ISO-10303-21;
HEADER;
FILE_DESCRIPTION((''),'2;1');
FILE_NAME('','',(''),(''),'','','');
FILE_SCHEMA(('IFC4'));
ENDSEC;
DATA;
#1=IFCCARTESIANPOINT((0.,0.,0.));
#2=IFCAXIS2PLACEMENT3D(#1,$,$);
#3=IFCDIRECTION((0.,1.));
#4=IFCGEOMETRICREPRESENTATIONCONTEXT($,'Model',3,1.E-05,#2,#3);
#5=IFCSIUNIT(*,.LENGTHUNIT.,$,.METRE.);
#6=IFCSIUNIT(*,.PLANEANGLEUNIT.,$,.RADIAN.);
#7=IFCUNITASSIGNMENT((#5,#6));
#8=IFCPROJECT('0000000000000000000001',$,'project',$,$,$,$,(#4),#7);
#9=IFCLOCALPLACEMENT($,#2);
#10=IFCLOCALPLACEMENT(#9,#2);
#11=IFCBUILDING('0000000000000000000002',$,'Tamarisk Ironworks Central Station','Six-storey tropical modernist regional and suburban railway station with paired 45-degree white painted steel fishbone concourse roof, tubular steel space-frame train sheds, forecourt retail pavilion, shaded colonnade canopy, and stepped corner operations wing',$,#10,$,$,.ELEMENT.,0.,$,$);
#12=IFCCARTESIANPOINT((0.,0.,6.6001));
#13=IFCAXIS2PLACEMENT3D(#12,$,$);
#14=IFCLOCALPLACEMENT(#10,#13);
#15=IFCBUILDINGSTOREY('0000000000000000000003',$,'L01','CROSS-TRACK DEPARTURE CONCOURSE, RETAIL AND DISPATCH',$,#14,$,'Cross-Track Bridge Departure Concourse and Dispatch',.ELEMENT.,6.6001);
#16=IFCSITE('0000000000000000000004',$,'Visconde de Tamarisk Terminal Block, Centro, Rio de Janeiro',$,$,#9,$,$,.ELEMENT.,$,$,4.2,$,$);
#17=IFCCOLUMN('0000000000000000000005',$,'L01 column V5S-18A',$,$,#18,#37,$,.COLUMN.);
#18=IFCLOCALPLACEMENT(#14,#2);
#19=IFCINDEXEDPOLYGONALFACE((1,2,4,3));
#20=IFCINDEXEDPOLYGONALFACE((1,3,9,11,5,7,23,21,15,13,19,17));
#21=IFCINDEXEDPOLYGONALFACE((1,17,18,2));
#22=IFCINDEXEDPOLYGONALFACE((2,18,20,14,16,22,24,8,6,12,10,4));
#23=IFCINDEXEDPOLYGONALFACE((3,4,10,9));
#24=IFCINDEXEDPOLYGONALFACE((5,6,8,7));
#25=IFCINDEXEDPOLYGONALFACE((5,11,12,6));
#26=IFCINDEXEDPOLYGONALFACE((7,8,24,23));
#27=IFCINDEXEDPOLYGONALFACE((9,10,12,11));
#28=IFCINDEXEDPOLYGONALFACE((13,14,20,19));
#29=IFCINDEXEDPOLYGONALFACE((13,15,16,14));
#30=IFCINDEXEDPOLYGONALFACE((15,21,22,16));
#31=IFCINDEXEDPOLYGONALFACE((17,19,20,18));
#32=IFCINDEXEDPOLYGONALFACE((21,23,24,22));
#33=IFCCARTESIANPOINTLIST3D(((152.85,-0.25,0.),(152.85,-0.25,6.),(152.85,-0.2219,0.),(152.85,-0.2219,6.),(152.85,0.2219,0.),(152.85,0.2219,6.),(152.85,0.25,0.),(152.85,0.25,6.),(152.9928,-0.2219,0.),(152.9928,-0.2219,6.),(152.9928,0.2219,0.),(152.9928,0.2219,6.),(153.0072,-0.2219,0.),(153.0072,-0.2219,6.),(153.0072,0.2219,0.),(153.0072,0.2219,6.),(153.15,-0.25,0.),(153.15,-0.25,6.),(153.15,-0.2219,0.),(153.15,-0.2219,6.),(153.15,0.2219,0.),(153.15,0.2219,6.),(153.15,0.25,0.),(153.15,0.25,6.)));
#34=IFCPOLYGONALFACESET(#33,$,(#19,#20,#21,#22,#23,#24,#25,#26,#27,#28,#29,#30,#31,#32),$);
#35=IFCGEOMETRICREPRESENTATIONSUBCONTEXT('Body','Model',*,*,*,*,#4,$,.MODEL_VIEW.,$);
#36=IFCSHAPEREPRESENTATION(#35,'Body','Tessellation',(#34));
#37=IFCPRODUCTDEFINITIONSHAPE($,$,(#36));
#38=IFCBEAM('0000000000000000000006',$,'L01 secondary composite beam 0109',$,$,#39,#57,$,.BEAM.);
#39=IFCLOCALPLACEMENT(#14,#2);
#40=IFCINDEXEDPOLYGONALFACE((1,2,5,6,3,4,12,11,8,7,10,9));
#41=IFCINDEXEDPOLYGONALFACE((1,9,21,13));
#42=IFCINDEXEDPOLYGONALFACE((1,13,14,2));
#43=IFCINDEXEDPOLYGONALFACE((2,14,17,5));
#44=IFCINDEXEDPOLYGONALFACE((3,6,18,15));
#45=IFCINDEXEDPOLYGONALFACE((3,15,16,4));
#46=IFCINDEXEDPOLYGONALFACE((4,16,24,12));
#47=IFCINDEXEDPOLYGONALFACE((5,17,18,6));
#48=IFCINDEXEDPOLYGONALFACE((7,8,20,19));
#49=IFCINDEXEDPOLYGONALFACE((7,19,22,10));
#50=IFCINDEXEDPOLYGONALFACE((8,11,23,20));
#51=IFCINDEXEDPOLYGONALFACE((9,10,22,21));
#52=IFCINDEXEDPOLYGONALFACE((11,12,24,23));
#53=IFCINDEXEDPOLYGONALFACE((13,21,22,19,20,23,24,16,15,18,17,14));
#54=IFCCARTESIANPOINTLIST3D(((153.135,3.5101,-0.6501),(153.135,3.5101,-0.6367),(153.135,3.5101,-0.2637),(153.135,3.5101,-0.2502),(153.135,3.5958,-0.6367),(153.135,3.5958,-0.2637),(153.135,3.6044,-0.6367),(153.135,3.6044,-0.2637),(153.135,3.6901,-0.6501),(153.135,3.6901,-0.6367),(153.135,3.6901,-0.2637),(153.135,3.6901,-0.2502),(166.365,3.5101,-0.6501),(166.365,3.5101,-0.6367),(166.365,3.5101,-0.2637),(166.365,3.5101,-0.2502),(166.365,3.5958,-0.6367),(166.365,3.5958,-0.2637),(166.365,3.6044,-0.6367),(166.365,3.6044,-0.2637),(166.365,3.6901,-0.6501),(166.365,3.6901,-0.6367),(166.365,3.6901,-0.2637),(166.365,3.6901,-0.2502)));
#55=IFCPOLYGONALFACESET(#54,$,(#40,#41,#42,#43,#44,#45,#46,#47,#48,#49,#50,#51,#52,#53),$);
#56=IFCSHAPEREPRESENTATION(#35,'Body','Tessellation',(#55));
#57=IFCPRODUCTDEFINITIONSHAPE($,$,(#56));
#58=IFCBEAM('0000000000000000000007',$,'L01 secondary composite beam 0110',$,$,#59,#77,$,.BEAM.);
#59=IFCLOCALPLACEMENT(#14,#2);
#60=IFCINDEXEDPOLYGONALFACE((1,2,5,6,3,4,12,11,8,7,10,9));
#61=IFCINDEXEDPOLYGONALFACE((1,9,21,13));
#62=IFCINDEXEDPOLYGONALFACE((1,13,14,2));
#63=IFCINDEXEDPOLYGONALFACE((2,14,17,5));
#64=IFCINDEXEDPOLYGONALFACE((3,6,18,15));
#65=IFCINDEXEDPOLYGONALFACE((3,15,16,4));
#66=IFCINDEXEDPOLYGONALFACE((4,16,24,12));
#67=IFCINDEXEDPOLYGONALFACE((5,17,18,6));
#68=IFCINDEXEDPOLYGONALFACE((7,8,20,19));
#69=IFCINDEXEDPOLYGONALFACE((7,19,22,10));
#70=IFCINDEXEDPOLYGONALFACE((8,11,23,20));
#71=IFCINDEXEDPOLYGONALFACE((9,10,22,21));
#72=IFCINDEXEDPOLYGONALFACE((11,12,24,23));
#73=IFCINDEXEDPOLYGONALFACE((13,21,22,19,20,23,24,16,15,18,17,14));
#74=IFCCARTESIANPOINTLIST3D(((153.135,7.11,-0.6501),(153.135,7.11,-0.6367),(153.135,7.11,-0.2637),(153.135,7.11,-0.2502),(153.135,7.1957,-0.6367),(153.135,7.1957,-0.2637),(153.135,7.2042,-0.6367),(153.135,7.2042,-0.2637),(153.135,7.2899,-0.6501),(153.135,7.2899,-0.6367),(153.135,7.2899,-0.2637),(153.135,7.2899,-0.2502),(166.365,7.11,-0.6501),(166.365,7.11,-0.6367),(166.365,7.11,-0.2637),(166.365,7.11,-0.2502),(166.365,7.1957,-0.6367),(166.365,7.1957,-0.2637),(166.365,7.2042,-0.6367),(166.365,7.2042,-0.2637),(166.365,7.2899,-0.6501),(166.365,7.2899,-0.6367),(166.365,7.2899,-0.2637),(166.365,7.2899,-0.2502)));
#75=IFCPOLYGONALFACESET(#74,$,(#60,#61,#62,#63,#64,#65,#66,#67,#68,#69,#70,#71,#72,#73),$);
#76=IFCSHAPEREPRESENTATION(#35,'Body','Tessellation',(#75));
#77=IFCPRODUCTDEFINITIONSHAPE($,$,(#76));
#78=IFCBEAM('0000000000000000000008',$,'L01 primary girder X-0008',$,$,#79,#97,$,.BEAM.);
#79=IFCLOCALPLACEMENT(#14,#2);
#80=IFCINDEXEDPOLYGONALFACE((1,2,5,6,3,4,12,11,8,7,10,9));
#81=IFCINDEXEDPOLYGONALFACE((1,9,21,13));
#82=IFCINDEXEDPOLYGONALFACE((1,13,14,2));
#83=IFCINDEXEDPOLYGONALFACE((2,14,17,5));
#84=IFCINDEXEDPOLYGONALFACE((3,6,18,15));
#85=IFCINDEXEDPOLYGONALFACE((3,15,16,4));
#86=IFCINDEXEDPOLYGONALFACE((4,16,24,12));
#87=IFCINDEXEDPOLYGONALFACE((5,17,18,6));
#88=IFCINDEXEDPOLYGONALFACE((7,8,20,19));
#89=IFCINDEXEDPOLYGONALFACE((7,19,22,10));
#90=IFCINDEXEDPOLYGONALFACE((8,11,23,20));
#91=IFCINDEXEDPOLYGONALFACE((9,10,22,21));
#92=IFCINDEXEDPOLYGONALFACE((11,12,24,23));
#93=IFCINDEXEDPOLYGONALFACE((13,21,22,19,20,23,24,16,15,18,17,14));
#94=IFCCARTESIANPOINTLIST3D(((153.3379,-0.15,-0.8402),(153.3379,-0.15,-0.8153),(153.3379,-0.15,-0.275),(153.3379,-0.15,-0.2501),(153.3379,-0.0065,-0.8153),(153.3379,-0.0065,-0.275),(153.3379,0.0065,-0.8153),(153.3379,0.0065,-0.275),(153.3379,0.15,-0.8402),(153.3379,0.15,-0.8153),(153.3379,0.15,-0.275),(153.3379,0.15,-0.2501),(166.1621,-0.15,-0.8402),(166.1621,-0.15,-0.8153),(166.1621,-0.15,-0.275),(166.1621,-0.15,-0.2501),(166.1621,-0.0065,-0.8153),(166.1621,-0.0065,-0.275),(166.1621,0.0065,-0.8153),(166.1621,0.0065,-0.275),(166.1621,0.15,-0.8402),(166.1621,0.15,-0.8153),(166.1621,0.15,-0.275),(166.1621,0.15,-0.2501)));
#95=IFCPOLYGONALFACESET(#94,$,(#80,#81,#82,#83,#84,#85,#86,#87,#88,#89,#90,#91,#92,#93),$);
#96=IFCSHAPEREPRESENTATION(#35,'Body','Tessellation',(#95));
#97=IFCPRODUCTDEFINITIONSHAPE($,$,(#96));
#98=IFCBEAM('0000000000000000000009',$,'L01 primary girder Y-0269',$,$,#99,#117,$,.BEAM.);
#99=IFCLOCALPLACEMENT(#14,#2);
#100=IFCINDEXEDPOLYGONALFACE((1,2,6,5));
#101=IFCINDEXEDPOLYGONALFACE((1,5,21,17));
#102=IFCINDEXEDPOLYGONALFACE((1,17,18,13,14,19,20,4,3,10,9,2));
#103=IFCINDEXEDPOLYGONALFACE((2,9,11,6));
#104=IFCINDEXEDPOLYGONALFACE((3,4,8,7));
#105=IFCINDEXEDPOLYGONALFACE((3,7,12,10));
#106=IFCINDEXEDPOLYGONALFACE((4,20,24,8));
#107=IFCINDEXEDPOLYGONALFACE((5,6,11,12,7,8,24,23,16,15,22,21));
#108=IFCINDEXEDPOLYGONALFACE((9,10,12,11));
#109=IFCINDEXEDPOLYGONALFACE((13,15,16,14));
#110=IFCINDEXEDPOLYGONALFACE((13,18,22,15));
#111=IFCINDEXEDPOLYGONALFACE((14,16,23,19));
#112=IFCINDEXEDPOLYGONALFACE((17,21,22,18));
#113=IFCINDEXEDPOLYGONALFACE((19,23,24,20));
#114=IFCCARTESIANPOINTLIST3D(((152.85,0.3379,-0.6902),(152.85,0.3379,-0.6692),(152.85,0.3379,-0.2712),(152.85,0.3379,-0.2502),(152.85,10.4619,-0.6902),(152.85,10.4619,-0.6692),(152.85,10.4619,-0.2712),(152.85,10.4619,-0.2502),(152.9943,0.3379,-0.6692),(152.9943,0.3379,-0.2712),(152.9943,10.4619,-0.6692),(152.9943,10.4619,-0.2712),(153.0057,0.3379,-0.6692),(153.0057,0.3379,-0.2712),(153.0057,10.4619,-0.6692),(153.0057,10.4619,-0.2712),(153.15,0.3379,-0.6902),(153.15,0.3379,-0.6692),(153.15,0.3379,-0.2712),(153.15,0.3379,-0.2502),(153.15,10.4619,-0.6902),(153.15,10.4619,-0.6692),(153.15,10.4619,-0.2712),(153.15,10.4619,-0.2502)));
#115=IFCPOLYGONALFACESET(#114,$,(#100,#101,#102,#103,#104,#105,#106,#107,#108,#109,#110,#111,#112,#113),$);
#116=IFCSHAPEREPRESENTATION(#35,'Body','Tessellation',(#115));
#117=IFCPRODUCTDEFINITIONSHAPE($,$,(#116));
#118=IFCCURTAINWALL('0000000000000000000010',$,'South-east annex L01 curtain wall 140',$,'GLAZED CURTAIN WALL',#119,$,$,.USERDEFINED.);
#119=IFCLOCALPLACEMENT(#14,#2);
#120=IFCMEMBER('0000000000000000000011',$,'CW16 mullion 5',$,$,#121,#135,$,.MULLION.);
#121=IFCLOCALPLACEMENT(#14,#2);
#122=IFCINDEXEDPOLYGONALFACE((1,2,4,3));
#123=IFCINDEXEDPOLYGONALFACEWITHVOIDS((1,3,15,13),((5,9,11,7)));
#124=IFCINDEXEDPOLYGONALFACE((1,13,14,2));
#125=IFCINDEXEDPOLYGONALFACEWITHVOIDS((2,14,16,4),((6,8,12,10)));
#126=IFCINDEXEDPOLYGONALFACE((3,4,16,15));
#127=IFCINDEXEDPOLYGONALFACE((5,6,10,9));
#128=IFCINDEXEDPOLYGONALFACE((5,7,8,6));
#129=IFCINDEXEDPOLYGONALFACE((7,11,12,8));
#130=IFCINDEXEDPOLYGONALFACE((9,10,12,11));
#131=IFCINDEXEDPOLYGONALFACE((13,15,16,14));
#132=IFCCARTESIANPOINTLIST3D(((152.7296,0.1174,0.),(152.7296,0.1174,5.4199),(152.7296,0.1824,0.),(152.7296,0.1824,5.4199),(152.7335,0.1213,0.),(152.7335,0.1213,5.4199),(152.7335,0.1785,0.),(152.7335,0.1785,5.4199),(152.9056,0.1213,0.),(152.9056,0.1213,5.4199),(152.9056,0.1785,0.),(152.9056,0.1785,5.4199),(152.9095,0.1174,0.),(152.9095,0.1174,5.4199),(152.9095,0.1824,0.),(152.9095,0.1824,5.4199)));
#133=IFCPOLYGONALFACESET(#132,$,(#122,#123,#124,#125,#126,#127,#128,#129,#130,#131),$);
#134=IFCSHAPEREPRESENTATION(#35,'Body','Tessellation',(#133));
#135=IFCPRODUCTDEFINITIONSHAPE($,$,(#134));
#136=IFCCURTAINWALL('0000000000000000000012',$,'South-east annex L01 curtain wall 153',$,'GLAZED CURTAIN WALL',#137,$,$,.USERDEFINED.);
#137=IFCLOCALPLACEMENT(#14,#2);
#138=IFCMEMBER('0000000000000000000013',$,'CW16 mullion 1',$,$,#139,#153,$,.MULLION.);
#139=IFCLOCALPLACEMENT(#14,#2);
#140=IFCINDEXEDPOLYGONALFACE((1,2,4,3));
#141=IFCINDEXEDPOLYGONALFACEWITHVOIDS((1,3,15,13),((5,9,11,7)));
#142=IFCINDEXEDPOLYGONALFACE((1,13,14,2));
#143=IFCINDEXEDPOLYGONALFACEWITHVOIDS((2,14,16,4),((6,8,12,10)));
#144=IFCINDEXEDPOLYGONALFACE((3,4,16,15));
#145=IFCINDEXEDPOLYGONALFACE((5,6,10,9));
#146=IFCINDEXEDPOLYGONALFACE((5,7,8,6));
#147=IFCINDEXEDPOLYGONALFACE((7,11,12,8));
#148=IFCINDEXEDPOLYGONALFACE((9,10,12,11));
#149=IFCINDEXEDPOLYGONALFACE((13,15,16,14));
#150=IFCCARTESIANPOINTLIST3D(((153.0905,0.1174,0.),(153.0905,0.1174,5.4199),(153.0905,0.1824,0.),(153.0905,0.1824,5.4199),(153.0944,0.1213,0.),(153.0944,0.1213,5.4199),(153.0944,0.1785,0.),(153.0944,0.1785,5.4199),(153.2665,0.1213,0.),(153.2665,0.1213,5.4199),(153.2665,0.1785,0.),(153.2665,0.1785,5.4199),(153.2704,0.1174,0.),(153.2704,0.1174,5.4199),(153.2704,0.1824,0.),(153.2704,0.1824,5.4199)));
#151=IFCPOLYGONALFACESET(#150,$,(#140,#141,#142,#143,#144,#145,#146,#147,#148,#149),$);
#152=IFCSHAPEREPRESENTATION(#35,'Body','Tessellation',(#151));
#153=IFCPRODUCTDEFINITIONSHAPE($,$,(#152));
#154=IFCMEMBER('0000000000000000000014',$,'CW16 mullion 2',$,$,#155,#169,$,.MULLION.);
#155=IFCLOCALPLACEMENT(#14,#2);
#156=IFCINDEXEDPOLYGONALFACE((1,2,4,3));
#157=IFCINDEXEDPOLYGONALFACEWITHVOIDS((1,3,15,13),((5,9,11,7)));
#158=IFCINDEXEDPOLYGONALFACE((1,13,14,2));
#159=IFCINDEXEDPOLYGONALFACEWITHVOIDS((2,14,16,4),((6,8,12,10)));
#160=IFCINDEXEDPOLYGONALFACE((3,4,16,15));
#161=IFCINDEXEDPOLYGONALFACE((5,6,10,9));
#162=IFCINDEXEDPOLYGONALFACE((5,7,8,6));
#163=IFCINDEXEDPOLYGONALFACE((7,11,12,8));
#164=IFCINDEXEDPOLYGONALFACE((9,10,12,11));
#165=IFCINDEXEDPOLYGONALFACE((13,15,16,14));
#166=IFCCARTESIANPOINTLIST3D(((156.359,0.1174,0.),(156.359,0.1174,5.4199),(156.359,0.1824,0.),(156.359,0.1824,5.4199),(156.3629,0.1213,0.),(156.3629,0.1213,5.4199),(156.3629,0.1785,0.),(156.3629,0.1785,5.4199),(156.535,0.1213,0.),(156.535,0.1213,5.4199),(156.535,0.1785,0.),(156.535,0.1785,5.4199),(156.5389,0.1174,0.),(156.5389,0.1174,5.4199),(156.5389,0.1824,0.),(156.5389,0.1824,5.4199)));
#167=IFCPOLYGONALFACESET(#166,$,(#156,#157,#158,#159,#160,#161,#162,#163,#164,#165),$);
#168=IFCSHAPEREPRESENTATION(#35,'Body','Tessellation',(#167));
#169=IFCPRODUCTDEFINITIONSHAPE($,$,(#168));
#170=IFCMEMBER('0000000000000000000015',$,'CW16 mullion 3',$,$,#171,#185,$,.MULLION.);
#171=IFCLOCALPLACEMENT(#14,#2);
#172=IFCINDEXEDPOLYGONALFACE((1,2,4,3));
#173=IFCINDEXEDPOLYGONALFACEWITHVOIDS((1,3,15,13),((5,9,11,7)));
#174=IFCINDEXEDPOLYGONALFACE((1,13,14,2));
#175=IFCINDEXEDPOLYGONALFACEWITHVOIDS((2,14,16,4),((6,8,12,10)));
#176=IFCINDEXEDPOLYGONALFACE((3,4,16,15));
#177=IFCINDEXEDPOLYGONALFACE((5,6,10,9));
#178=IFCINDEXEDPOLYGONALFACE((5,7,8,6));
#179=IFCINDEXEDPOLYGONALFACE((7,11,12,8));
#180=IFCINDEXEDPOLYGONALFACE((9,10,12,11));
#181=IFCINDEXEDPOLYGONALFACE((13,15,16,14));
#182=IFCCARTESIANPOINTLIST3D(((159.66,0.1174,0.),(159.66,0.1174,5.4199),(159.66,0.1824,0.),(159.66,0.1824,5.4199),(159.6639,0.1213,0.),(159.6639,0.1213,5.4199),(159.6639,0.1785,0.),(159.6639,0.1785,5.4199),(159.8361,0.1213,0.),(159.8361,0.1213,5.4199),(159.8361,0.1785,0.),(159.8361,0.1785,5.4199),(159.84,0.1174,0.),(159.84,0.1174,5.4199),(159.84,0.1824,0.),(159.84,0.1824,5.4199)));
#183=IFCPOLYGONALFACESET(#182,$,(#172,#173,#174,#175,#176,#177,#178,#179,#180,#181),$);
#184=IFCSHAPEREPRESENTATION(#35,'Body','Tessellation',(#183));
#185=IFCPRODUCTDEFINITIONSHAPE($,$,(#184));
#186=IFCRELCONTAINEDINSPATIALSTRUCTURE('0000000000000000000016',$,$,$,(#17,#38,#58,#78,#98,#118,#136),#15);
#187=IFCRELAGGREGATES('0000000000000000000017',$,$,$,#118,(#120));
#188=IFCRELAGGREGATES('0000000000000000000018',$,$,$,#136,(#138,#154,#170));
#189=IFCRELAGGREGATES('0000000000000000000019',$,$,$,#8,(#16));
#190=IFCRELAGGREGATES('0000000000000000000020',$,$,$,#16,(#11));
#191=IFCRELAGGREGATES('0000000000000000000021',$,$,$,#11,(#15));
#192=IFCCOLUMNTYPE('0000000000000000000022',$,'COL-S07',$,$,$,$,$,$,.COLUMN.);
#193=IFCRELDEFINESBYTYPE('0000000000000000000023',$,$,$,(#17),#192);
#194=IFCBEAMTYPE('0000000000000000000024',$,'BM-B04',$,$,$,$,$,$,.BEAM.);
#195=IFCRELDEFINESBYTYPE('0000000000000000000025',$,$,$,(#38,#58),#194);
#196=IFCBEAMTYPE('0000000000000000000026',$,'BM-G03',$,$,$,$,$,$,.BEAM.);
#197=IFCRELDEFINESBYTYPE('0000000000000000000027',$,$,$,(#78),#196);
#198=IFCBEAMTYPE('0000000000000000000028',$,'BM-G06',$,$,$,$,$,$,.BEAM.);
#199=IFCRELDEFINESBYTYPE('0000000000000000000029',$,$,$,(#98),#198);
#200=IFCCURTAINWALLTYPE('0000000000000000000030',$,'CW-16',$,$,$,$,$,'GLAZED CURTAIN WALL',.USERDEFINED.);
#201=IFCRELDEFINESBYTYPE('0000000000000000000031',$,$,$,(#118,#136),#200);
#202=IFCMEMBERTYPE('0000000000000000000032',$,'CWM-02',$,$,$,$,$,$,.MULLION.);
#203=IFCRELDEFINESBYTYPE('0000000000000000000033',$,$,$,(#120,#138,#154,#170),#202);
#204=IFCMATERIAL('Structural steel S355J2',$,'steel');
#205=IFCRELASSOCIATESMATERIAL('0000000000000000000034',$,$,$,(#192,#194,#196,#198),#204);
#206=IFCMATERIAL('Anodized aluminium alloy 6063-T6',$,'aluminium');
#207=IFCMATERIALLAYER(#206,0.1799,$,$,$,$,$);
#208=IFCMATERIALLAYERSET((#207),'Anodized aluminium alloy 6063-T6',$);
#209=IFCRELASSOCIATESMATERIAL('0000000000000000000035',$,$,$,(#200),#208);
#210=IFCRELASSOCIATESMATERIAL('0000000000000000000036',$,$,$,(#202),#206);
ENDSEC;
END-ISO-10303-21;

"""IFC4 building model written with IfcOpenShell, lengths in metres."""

from ifc_helpers import new_model, si_unit, direction, frame, origin, origin_2d, place, context, subcontext, project, spatial, hollow_rectangle, i_section, extrude, material, layer, layer_set, material_profile, profile_set, type_object, element, aggregate, save


model = new_model("IFC4")

# Units and contexts
model_context = context("Model", 3, precision=1e-05, world=origin(), true_north=direction((0.0, 1.0)))
body_context = subcontext(model_context, "Body", "Model", "MODEL_VIEW")
ifc_project = project(units=[si_unit("LENGTHUNIT", "METRE"), si_unit("PLANEANGLEUNIT", "RADIAN")], contexts=[model_context])

# Site, building, storey
site_placement = place(None, origin())
site = spatial("IfcSite", under=ifc_project, at=site_placement, Name="Visconde de Tamarisk Terminal Block, Centro, Rio de Janeiro", CompositionType="ELEMENT", RefElevation=4.2)
building_placement = place(site_placement, origin())
building = spatial("IfcBuilding", under=site, at=building_placement, Name="Tamarisk Ironworks Central Station", Description="Six-storey tropical modernist regional and suburban railway station with paired 45-degree white painted steel fishbone concourse roof, tubular steel space-frame train sheds, forecourt retail pavilion, shaded colonnade canopy, and stepped corner operations wing", CompositionType="ELEMENT", ElevationOfRefHeight=0.0)
storey_placement = place(building_placement, frame((0.0, 0.0, 6.6001)))
storey = spatial("IfcBuildingStorey", under=building, at=storey_placement, Name="L01", Description="CROSS-TRACK DEPARTURE CONCOURSE, RETAIL AND DISPATCH", LongName="Cross-Track Bridge Departure Concourse and Dispatch", CompositionType="ELEMENT", Elevation=6.6001)

# Column
ifc_material_1 = material(Name="Structural steel S355J2", Category="steel")
ifc_material_profile_1 = material_profile(ifc_material_1, i_section(OverallWidth=0.3, OverallDepth=0.5, WebThickness=0.0144, FlangeThickness=0.0281, at=origin_2d()), Name="HEB 500")
ifc_profile_set_1 = profile_set([ifc_material_profile_1], Name="Structural steel S355J2")
column_type = type_object("IfcColumnType", Name="COL-S07", PredefinedType="COLUMN", material=ifc_profile_set_1)
column_placement = place(storey_placement, frame((153.0, 0.0, 0.0), z_axis=(0.0, 0.0, 1.0), x_axis=(1.0, 0.0, 0.0)))
element("IfcColumn", 1, at=column_placement, inside=storey, type_object=column_type, Name="L01 column V5S-18A", PredefinedType="COLUMN", context=body_context, shape_type="SweptSolid", body=[
    extrude(i_section(OverallWidth=0.3, OverallDepth=0.5, WebThickness=0.0144, FlangeThickness=0.0281, at=origin_2d()), origin(), (0.0, 0.0, 1.0), 6.0),
])

# Beams
ifc_material_profile_2 = material_profile(ifc_material_1, i_section(OverallWidth=0.1799, OverallDepth=0.3999, WebThickness=0.0085, FlangeThickness=0.0134, at=origin_2d()), Name="IPE 400")
ifc_profile_set_2 = profile_set([ifc_material_profile_2], Name="Structural steel S355J2")
beam_type_1 = type_object("IfcBeamType", Name="BM-B04", PredefinedType="BEAM", material=ifc_profile_set_2)
for number, where, z_axis, x_axis, name in (
    (2, (153.135, 3.6001, -0.4502), (1.0, 0.0, 0.0), (0.0, 1.0, 0.0), "L01 secondary composite beam 0109"),
    (3, (153.135, 7.2, -0.4502), (1.0, 0.0, 0.0), (0.0, 1.0, 0.0), "L01 secondary composite beam 0110"),
):
    element("IfcBeam", number, at=place(storey_placement, frame(where, z_axis=z_axis, x_axis=x_axis)), inside=storey, type_object=beam_type_1, Name=name, PredefinedType="BEAM", context=body_context, shape_type="SweptSolid", body=[
        extrude(i_section(OverallWidth=0.1799, OverallDepth=0.3999, WebThickness=0.0085, FlangeThickness=0.0134, at=origin_2d()), origin(), (0.0, 0.0, 1.0), 13.23),
    ])
ifc_material_profile_3 = material_profile(ifc_material_1, i_section(OverallWidth=0.3, OverallDepth=0.5901, WebThickness=0.0129, FlangeThickness=0.0249, at=origin_2d()), Name="HEA 600")
ifc_profile_set_3 = profile_set([ifc_material_profile_3], Name="Structural steel S355J2")
beam_type_2 = type_object("IfcBeamType", Name="BM-G03", PredefinedType="BEAM", material=ifc_profile_set_3)
beam_1_placement = place(storey_placement, frame((153.3379, 0.0, -0.5452), z_axis=(1.0, 0.0, 0.0), x_axis=(0.0, 1.0, 0.0)))
element("IfcBeam", 4, at=beam_1_placement, inside=storey, type_object=beam_type_2, Name="L01 primary girder X-0008", PredefinedType="BEAM", context=body_context, shape_type="SweptSolid", body=[
    extrude(i_section(OverallWidth=0.3, OverallDepth=0.5901, WebThickness=0.0129, FlangeThickness=0.0249, at=origin_2d()), origin(), (0.0, 0.0, 1.0), 12.8242),
])
ifc_material_profile_4 = material_profile(ifc_material_1, i_section(OverallWidth=0.3, OverallDepth=0.4399, WebThickness=0.0115, FlangeThickness=0.021, at=origin_2d()), Name="HEA 450")
ifc_profile_set_4 = profile_set([ifc_material_profile_4], Name="Structural steel S355J2")
beam_type_3 = type_object("IfcBeamType", Name="BM-G06", PredefinedType="BEAM", material=ifc_profile_set_4)
beam_2_placement = place(storey_placement, frame((153.0, 0.3379, -0.4702), z_axis=(0.0, 1.0, 0.0), x_axis=(-1.0, 0.0, 0.0)))
element("IfcBeam", 5, at=beam_2_placement, inside=storey, type_object=beam_type_3, Name="L01 primary girder Y-0269", PredefinedType="BEAM", context=body_context, shape_type="SweptSolid", body=[
    extrude(i_section(OverallWidth=0.3, OverallDepth=0.4399, WebThickness=0.0115, FlangeThickness=0.021, at=origin_2d()), origin(), (0.0, 0.0, 1.0), 10.124),
])

# Curtain wall, member
ifc_material_2 = material(Name="Anodized aluminium alloy 6063-T6", Category="aluminium")
ifc_layer_1 = layer(ifc_material_2, 0.1799)
ifc_layer_set_1 = layer_set([ifc_layer_1], Name="Anodized aluminium alloy 6063-T6")
curtain_wall_type = type_object("IfcCurtainWallType", Name="CW-16", ElementType="GLAZED CURTAIN WALL", PredefinedType="USERDEFINED", material=ifc_layer_set_1)
curtain_wall_1_placement = place(storey_placement, origin())
curtain_wall_1 = element("IfcCurtainWall", 6, at=curtain_wall_1_placement, inside=storey, type_object=curtain_wall_type, Name="South-east annex L01 curtain wall 140", ObjectType="GLAZED CURTAIN WALL", PredefinedType="USERDEFINED")
ifc_material_profile_5 = material_profile(ifc_material_2, hollow_rectangle(XDim=0.0649, YDim=0.1799, WallThickness=0.0039, at=origin_2d()), Name="ALUM 180x65")
ifc_profile_set_5 = profile_set([ifc_material_profile_5], Name="Anodized aluminium alloy 6063-T6")
member_type_1 = type_object("IfcMemberType", Name="CWM-02", PredefinedType="MULLION", material=ifc_profile_set_5)
member_1_placement = place(storey_placement, frame((152.8196, 0.1499, 0.0), z_axis=(0.0, 0.0, 1.0), x_axis=(0.0, 1.0, 0.0)))
member_1 = element("IfcMember", 7, at=member_1_placement, type_object=member_type_1, Name="CW16 mullion 5", PredefinedType="MULLION", context=body_context, shape_type="SweptSolid", body=[
    extrude(hollow_rectangle(XDim=0.0649, YDim=0.1799, WallThickness=0.0039, at=origin_2d()), origin(), (0.0, 0.0, 1.0), 5.4199),
])
aggregate(curtain_wall_1, [member_1])

# Curtain wall, members
curtain_wall_2_placement = place(storey_placement, origin())
curtain_wall_2 = element("IfcCurtainWall", 8, at=curtain_wall_2_placement, inside=storey, type_object=curtain_wall_type, Name="South-east annex L01 curtain wall 153", ObjectType="GLAZED CURTAIN WALL", PredefinedType="USERDEFINED")
member_2_placement = place(storey_placement, frame((153.1804, 0.1499, 0.0), z_axis=(0.0, 0.0, 1.0), x_axis=(0.0, 1.0, 0.0)))
member_2 = element("IfcMember", 9, at=member_2_placement, type_object=member_type_1, Name="CW16 mullion 1", PredefinedType="MULLION", context=body_context, shape_type="SweptSolid", body=[
    extrude(hollow_rectangle(XDim=0.0649, YDim=0.1799, WallThickness=0.0039, at=origin_2d()), origin(), (0.0, 0.0, 1.0), 5.4199),
])
member_3_placement = place(storey_placement, frame((156.449, 0.1499, 0.0), z_axis=(0.0, 0.0, 1.0), x_axis=(0.0, 1.0, 0.0)))
member_3 = element("IfcMember", 10, at=member_3_placement, type_object=member_type_1, Name="CW16 mullion 2", PredefinedType="MULLION", context=body_context, shape_type="SweptSolid", body=[
    extrude(hollow_rectangle(XDim=0.0649, YDim=0.1799, WallThickness=0.0039, at=origin_2d()), origin(), (0.0, 0.0, 1.0), 5.4199),
])
member_4_placement = place(storey_placement, frame((159.75, 0.1499, 0.0), z_axis=(0.0, 0.0, 1.0), x_axis=(0.0, 1.0, 0.0)))
member_4 = element("IfcMember", 11, at=member_4_placement, type_object=member_type_1, Name="CW16 mullion 3", PredefinedType="MULLION", context=body_context, shape_type="SweptSolid", body=[
    extrude(hollow_rectangle(XDim=0.0649, YDim=0.1799, WallThickness=0.0039, at=origin_2d()), origin(), (0.0, 0.0, 1.0), 5.4199),
])
aggregate(curtain_wall_2, [member_2, member_3, member_4])

save(model, "model.ifc")
